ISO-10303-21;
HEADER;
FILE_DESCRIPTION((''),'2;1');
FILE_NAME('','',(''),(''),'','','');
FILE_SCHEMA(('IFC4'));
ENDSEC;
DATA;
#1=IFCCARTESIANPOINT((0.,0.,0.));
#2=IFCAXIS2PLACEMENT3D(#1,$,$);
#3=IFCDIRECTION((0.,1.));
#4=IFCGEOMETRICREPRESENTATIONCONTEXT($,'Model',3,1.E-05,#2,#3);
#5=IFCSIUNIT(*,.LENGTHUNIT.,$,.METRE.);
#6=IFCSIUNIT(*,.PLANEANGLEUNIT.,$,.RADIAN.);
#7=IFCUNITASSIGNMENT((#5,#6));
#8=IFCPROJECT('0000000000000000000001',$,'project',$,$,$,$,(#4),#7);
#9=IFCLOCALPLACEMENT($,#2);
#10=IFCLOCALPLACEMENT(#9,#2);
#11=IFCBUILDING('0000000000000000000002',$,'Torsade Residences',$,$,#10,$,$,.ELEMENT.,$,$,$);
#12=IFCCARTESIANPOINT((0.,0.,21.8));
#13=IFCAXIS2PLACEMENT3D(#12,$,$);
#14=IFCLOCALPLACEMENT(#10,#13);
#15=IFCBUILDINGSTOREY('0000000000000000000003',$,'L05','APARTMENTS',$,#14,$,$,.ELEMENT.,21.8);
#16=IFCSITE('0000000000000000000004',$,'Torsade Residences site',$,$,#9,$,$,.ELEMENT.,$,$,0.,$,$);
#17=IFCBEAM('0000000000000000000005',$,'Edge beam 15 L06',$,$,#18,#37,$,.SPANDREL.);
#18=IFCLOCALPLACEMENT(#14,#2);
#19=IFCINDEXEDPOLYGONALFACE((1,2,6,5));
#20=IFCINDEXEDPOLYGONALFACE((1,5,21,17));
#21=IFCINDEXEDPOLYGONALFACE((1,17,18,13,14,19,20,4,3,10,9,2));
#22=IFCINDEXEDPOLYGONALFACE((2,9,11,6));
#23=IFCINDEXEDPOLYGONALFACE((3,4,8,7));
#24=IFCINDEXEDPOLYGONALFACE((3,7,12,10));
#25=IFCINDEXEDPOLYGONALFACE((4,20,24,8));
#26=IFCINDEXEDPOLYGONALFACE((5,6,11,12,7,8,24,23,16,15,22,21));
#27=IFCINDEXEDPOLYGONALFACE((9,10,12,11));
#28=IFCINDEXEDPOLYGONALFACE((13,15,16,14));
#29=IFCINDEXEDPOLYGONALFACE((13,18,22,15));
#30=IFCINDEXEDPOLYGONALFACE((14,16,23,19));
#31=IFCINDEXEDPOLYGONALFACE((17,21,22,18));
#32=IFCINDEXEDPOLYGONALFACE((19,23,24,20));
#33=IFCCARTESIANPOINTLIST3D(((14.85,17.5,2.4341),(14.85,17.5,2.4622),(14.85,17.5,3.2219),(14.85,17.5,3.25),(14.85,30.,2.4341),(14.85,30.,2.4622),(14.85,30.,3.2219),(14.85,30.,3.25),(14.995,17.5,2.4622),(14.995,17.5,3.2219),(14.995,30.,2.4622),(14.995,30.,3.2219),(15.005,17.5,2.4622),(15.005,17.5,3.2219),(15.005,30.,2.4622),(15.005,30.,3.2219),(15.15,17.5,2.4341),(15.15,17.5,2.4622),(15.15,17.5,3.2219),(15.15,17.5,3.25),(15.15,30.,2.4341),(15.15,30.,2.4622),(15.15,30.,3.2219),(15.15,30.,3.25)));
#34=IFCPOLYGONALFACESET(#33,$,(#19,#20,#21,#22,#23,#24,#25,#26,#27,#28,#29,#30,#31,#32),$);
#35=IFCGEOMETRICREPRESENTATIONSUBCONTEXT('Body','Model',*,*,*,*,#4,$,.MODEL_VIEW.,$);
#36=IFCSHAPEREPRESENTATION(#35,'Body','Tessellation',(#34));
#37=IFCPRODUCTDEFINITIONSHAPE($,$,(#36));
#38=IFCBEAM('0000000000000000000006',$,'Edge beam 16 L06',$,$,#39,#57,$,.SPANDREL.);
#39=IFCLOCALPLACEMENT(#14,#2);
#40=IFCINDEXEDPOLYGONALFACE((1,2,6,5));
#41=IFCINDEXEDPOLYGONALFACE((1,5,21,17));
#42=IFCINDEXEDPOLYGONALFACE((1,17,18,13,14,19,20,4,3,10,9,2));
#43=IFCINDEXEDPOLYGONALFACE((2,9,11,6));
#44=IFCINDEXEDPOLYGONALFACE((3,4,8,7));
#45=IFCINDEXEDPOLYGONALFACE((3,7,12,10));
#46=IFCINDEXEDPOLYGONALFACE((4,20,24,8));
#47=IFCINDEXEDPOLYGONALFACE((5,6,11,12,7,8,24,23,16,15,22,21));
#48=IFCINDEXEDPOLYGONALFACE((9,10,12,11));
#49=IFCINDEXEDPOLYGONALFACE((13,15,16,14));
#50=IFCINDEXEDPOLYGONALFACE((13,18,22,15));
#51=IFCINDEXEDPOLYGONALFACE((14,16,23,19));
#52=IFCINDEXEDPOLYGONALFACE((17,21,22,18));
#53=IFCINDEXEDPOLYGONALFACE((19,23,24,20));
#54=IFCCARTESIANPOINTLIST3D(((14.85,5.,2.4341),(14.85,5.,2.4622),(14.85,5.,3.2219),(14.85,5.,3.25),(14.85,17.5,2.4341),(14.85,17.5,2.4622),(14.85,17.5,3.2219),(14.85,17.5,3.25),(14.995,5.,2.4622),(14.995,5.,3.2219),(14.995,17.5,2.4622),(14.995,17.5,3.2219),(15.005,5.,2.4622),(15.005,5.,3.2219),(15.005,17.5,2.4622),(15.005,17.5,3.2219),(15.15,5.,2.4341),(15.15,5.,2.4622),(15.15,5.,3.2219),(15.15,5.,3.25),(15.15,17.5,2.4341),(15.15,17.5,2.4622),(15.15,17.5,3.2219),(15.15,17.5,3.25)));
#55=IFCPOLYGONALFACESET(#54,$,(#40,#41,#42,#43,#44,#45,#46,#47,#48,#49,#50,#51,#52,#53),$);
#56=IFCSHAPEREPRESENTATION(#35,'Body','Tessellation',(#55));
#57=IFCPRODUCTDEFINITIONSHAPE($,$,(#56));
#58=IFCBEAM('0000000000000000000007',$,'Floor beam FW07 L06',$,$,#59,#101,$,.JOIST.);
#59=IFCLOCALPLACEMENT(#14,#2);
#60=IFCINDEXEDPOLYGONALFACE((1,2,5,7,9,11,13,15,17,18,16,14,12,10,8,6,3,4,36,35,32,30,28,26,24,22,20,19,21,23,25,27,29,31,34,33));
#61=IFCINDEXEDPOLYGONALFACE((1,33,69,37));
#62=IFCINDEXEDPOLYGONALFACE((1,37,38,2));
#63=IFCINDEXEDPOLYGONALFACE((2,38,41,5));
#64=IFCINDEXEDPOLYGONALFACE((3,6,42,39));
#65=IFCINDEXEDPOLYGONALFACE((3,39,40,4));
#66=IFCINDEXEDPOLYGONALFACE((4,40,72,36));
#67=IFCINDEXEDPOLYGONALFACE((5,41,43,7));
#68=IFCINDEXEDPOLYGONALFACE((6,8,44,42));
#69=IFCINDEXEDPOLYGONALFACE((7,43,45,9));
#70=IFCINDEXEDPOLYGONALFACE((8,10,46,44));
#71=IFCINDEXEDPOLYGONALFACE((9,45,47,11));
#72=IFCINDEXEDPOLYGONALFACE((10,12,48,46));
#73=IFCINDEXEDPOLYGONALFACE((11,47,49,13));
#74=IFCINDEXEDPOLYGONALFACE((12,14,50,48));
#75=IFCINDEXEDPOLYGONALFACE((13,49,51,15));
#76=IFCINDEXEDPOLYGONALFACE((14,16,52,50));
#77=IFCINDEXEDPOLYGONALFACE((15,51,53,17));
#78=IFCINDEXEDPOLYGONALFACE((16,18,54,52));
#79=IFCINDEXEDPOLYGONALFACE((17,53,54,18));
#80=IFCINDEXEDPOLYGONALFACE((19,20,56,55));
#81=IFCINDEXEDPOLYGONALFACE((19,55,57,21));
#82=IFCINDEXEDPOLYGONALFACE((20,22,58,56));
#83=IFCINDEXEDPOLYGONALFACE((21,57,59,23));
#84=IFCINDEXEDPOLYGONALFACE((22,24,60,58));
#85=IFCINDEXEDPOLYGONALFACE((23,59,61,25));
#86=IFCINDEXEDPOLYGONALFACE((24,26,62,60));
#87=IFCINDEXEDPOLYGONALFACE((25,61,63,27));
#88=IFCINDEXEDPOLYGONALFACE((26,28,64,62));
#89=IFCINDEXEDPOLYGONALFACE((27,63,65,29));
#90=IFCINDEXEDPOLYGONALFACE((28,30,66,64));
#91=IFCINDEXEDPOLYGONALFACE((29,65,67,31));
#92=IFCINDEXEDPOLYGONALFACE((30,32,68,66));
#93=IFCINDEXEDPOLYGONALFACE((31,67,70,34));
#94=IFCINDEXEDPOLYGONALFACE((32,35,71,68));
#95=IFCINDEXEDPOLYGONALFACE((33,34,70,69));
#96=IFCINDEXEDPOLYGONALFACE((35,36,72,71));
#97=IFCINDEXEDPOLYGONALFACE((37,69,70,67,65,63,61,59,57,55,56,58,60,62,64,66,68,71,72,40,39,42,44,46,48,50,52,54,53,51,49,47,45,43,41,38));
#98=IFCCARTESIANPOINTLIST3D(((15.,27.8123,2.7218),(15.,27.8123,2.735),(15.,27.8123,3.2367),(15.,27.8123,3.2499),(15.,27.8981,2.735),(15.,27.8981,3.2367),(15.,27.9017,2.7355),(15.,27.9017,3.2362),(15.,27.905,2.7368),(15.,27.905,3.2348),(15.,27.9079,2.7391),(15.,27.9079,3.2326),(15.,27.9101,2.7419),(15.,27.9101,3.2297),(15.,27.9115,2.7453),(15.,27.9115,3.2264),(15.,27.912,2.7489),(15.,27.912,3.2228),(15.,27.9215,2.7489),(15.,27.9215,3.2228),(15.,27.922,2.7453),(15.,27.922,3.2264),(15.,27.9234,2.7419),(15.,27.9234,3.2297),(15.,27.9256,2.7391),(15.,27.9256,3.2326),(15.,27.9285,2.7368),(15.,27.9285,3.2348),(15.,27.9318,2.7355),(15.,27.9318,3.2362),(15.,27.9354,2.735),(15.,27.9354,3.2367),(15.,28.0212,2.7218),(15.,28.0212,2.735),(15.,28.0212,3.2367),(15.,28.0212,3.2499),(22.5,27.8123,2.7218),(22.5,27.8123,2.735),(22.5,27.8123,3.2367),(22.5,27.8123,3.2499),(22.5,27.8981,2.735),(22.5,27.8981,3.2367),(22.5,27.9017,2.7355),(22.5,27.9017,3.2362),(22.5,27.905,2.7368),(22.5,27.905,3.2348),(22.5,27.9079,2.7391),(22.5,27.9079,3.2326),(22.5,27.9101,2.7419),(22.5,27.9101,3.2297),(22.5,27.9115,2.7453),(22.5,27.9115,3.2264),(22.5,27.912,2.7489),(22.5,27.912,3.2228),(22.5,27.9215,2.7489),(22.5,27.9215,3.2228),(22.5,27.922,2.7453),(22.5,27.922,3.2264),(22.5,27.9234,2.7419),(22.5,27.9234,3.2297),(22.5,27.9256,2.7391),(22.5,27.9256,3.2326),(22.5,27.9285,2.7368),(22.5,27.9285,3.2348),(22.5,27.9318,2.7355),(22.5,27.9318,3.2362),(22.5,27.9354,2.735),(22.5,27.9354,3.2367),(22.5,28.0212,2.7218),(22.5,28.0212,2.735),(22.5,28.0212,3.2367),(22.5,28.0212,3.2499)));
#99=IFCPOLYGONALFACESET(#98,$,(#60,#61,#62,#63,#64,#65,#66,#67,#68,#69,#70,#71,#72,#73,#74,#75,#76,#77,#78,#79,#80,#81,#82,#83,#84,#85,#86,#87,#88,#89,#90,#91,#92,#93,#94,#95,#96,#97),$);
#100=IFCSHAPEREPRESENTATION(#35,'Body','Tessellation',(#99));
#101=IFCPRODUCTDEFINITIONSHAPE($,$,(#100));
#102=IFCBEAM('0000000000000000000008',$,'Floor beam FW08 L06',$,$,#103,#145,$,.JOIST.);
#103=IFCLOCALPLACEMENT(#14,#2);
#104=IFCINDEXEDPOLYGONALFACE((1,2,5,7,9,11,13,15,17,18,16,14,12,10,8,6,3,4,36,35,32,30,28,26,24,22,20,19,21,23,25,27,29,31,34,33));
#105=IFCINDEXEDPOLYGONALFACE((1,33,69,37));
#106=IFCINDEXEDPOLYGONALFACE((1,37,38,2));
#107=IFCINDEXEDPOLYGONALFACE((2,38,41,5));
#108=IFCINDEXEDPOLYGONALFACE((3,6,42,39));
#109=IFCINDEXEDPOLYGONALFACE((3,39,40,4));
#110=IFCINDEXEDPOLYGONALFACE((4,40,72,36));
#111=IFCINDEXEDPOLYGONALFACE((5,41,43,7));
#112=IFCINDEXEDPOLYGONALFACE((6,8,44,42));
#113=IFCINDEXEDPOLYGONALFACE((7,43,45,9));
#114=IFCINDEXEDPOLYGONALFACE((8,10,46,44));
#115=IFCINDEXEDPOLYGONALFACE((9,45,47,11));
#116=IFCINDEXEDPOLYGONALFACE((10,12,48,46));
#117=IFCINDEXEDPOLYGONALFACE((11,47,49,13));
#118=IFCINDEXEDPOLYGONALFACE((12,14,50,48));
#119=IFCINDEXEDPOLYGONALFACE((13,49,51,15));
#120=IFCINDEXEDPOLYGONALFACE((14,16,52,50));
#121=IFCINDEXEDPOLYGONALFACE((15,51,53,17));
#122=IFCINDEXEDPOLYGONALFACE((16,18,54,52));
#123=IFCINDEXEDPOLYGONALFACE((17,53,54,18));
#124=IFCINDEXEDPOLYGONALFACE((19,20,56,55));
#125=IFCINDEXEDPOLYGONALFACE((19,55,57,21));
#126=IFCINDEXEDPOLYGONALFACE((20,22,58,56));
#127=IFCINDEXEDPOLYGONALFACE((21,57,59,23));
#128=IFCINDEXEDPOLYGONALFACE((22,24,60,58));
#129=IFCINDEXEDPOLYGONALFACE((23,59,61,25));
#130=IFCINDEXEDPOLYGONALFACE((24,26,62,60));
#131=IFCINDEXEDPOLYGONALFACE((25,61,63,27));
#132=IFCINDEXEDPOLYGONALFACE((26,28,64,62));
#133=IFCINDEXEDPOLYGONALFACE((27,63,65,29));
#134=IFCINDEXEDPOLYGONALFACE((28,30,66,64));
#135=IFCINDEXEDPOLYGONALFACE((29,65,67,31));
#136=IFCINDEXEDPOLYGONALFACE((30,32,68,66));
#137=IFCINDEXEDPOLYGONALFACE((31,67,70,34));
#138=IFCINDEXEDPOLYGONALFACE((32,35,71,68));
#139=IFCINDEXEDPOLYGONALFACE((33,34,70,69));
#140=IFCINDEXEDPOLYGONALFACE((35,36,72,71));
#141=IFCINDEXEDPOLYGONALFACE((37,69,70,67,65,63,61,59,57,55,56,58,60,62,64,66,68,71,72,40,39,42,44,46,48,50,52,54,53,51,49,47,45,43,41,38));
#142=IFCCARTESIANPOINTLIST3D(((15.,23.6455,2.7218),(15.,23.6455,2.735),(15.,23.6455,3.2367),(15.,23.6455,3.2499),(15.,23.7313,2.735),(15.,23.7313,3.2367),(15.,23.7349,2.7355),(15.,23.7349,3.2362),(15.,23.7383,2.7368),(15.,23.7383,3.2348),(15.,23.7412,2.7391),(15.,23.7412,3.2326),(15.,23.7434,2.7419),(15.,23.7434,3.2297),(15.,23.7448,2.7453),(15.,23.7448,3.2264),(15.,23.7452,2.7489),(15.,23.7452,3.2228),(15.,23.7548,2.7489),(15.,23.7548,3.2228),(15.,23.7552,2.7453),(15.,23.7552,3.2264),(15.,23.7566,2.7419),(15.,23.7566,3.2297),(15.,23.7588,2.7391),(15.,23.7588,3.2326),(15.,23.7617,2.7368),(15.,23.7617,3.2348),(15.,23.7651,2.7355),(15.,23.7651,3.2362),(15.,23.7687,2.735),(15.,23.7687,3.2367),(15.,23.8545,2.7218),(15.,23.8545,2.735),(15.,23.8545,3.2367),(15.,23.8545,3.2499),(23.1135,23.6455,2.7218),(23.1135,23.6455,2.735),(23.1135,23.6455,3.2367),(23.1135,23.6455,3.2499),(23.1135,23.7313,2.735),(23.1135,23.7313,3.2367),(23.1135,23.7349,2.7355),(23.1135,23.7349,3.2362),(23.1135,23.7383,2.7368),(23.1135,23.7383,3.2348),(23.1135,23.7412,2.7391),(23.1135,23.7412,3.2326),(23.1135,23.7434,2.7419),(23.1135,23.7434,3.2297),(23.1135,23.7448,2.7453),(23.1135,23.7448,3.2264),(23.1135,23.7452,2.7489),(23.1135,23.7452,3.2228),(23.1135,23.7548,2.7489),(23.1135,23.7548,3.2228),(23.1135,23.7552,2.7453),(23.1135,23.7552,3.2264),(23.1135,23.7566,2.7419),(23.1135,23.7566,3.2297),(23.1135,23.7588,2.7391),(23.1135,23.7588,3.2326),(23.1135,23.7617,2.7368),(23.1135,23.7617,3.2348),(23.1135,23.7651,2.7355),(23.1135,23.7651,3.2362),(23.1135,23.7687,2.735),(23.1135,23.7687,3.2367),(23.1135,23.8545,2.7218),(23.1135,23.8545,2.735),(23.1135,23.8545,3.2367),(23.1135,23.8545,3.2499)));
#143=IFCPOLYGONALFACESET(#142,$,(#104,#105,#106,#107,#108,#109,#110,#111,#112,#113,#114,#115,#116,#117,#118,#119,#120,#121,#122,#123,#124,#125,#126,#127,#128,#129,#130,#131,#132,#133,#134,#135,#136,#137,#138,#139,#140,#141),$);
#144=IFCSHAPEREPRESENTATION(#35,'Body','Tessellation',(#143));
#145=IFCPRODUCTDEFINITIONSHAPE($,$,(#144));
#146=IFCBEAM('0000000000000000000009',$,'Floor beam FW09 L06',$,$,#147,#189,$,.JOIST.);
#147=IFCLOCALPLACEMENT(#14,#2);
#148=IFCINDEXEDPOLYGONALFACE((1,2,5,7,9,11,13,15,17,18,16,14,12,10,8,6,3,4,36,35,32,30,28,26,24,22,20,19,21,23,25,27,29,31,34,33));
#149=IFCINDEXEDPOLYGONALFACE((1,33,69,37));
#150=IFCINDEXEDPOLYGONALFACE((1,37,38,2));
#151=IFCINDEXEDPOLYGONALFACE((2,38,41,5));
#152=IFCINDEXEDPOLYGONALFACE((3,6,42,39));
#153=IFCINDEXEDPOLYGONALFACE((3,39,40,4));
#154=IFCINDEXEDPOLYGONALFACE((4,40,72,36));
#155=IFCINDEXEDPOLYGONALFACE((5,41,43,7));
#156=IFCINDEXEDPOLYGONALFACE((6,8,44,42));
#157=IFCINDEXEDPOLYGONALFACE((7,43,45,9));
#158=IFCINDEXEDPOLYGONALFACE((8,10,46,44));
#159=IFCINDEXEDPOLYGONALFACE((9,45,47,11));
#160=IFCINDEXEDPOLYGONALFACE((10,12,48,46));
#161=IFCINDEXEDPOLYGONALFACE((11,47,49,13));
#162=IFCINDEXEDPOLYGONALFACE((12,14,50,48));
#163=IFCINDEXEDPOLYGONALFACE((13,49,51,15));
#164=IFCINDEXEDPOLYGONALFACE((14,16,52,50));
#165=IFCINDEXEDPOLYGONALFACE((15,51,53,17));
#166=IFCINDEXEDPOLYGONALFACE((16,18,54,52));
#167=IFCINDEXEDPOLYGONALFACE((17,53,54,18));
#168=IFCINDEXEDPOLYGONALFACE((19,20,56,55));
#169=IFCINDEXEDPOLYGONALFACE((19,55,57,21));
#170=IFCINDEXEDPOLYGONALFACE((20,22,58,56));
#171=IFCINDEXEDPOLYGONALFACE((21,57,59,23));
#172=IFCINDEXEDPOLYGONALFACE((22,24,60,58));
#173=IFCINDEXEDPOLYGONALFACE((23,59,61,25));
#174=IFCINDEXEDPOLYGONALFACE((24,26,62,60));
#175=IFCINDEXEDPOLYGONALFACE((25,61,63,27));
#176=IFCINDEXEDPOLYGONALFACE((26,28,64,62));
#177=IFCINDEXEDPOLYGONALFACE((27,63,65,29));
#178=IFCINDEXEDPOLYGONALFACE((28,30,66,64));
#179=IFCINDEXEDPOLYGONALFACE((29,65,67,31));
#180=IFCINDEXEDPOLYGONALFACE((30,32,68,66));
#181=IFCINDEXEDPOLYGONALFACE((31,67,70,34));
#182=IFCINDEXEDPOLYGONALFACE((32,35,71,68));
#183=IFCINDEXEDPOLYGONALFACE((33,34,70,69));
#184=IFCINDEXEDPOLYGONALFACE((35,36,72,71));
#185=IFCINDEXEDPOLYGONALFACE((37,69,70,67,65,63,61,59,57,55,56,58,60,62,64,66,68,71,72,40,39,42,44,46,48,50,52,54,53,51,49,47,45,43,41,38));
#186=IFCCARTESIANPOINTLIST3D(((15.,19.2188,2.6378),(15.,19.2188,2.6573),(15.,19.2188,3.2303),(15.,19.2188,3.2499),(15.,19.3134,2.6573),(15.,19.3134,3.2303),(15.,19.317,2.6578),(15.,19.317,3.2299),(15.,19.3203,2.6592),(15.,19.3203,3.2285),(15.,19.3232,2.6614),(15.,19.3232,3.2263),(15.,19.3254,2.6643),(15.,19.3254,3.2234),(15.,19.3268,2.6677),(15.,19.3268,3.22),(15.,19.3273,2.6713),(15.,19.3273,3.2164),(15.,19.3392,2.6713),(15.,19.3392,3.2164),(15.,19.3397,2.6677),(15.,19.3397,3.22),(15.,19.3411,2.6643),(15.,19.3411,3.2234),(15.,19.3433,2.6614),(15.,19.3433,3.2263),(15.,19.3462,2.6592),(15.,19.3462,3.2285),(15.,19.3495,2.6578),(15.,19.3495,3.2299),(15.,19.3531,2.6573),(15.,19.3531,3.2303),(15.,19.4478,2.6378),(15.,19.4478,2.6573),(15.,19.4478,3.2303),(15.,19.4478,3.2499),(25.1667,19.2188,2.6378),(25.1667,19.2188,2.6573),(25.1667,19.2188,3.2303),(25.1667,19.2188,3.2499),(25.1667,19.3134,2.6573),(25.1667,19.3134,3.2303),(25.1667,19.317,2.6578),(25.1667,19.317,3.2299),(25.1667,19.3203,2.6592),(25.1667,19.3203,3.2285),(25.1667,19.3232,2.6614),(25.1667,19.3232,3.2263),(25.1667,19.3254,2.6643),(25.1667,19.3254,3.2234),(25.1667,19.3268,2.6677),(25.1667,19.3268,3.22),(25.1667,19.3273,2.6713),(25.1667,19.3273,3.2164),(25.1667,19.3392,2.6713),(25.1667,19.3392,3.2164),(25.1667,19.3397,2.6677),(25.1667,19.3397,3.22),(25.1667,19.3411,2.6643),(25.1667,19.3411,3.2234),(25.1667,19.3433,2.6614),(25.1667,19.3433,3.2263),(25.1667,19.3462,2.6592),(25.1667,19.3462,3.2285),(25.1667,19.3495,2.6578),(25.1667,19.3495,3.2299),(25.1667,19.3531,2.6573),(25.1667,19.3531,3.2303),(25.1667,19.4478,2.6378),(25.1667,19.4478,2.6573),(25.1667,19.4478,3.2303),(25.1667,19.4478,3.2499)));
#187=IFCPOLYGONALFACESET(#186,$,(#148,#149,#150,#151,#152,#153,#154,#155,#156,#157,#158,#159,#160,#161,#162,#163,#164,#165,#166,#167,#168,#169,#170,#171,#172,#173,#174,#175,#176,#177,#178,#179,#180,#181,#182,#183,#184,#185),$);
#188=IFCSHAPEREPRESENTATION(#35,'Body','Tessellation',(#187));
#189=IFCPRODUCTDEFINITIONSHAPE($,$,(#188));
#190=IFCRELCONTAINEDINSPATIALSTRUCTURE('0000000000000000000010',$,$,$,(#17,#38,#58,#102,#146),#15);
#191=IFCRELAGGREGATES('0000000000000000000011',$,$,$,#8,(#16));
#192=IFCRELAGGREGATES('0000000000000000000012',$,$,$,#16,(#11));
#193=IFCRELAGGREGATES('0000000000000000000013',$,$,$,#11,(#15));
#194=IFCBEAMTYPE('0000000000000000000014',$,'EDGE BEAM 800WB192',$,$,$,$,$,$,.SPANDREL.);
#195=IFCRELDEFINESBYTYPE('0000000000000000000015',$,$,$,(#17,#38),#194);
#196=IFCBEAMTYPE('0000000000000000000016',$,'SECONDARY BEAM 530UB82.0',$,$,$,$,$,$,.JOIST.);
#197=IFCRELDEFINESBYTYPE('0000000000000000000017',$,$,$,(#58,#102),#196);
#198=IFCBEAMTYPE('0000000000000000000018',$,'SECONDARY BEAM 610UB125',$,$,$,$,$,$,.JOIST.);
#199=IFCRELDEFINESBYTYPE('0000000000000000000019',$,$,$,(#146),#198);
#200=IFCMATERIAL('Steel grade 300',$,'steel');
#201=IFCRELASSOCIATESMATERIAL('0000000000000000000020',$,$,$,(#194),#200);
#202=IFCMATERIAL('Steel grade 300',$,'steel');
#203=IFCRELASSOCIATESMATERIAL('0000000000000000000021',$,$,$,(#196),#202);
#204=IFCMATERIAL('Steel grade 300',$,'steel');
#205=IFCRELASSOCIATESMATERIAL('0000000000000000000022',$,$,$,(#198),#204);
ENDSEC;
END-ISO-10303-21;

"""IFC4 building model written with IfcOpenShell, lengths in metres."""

from ifc_helpers import new_model, si_unit, direction, frame, origin, origin_2d, place, context, subcontext, project, spatial, i_section, extrude, material, material_profile, profile_set, type_object, element, save


model = new_model("IFC4")

# Units and contexts
model_context = context("Model", 3, precision=1e-05, world=origin(), true_north=direction((0.0, 1.0)))
body_context = subcontext(model_context, "Body", "Model", "MODEL_VIEW")
ifc_project = project(units=[si_unit("LENGTHUNIT", "METRE"), si_unit("PLANEANGLEUNIT", "RADIAN")], contexts=[model_context])

# Site, building, storey
site_placement = place(None, origin())
site = spatial("IfcSite", under=ifc_project, at=site_placement, Name="Torsade Residences site", CompositionType="ELEMENT", RefElevation=0.0)
building_placement = place(site_placement, origin())
building = spatial("IfcBuilding", under=site, at=building_placement, Name="Torsade Residences", CompositionType="ELEMENT")
storey_placement = place(building_placement, frame((0.0, 0.0, 21.8)))
storey = spatial("IfcBuildingStorey", under=building, at=storey_placement, Name="L05", Description="APARTMENTS", CompositionType="ELEMENT", Elevation=21.8)

# Beams
ifc_material_1 = material(Name="Steel grade 300", Category="steel")
ifc_material_profile_1 = material_profile(ifc_material_1, i_section(OverallWidth=0.3, OverallDepth=0.8159, WebThickness=0.01, FlangeThickness=0.0281, at=origin_2d()), Name="800WB192")
ifc_profile_set_1 = profile_set([ifc_material_profile_1], Name="Steel grade 300")
beam_type_1 = type_object("IfcBeamType", Name="EDGE BEAM 800WB192", PredefinedType="SPANDREL", material=ifc_profile_set_1)
for number, where, z_axis, x_axis, name in (
    (1, (15.0, 30.0, 2.842), (0.0, -1.0, 0.0), (1.0, 0.0, 0.0), "Edge beam 15 L06"),
    (2, (15.0, 17.5, 2.842), (0.0, -1.0, 0.0), (1.0, 0.0, 0.0), "Edge beam 16 L06"),
):
    element("IfcBeam", number, at=place(storey_placement, frame(where, z_axis=z_axis, x_axis=x_axis)), inside=storey, type_object=beam_type_1, Name=name, PredefinedType="SPANDREL", context=body_context, shape_type="SweptSolid", body=[
        extrude(i_section(OverallWidth=0.3, OverallDepth=0.8159, WebThickness=0.01, FlangeThickness=0.0281, at=origin_2d()), origin(), (0.0, 0.0, 1.0), 12.5),
    ])
ifc_material_2 = material(Name="Steel grade 300", Category="steel")
ifc_material_profile_2 = material_profile(ifc_material_2, i_section(OverallWidth=0.209, OverallDepth=0.5281, WebThickness=0.0095, FlangeThickness=0.0132, FilletRadius=0.0139, at=origin_2d()), Name="530UB82.0")
ifc_profile_set_2 = profile_set([ifc_material_profile_2], Name="Steel grade 300")
beam_type_2 = type_object("IfcBeamType", Name="SECONDARY BEAM 530UB82.0", PredefinedType="JOIST", material=ifc_profile_set_2)
beam_1_placement = place(storey_placement, frame((15.0, 27.9167, 2.9858), z_axis=(1.0, 0.0, 0.0), x_axis=(0.0, 1.0, 0.0)))
element("IfcBeam", 3, at=beam_1_placement, inside=storey, type_object=beam_type_2, Name="Floor beam FW07 L06", PredefinedType="JOIST", context=body_context, shape_type="SweptSolid", body=[
    extrude(i_section(OverallWidth=0.209, OverallDepth=0.5281, WebThickness=0.0095, FlangeThickness=0.0132, FilletRadius=0.0139, at=origin_2d()), origin(), (0.0, 0.0, 1.0), 7.5),
])
beam_2_placement = place(storey_placement, frame((15.0, 23.75, 2.9858), z_axis=(1.0, 0.0, 0.0), x_axis=(0.0, 1.0, 0.0)))
element("IfcBeam", 4, at=beam_2_placement, inside=storey, type_object=beam_type_2, Name="Floor beam FW08 L06", PredefinedType="JOIST", context=body_context, shape_type="SweptSolid", body=[
    extrude(i_section(OverallWidth=0.209, OverallDepth=0.5281, WebThickness=0.0095, FlangeThickness=0.0132, FilletRadius=0.0139, at=origin_2d()), origin(), (0.0, 0.0, 1.0), 8.1135),
])
ifc_material_3 = material(Name="Steel grade 300", Category="steel")
ifc_material_profile_3 = material_profile(ifc_material_3, i_section(OverallWidth=0.229, OverallDepth=0.6121, WebThickness=0.012, FlangeThickness=0.0195, FilletRadius=0.0139, at=origin_2d()), Name="610UB125")
ifc_profile_set_3 = profile_set([ifc_material_profile_3], Name="Steel grade 300")
beam_type_3 = type_object("IfcBeamType", Name="SECONDARY BEAM 610UB125", PredefinedType="JOIST", material=ifc_profile_set_3)
beam_3_placement = place(storey_placement, frame((15.0, 19.3333, 2.9438), z_axis=(1.0, 0.0, 0.0), x_axis=(0.0, 1.0, 0.0)))
element("IfcBeam", 5, at=beam_3_placement, inside=storey, type_object=beam_type_3, Name="Floor beam FW09 L06", PredefinedType="JOIST", context=body_context, shape_type="SweptSolid", body=[
    extrude(i_section(OverallWidth=0.229, OverallDepth=0.6121, WebThickness=0.012, FlangeThickness=0.0195, FilletRadius=0.0139, at=origin_2d()), origin(), (0.0, 0.0, 1.0), 10.1667),
])

save(model, "model.ifc")
